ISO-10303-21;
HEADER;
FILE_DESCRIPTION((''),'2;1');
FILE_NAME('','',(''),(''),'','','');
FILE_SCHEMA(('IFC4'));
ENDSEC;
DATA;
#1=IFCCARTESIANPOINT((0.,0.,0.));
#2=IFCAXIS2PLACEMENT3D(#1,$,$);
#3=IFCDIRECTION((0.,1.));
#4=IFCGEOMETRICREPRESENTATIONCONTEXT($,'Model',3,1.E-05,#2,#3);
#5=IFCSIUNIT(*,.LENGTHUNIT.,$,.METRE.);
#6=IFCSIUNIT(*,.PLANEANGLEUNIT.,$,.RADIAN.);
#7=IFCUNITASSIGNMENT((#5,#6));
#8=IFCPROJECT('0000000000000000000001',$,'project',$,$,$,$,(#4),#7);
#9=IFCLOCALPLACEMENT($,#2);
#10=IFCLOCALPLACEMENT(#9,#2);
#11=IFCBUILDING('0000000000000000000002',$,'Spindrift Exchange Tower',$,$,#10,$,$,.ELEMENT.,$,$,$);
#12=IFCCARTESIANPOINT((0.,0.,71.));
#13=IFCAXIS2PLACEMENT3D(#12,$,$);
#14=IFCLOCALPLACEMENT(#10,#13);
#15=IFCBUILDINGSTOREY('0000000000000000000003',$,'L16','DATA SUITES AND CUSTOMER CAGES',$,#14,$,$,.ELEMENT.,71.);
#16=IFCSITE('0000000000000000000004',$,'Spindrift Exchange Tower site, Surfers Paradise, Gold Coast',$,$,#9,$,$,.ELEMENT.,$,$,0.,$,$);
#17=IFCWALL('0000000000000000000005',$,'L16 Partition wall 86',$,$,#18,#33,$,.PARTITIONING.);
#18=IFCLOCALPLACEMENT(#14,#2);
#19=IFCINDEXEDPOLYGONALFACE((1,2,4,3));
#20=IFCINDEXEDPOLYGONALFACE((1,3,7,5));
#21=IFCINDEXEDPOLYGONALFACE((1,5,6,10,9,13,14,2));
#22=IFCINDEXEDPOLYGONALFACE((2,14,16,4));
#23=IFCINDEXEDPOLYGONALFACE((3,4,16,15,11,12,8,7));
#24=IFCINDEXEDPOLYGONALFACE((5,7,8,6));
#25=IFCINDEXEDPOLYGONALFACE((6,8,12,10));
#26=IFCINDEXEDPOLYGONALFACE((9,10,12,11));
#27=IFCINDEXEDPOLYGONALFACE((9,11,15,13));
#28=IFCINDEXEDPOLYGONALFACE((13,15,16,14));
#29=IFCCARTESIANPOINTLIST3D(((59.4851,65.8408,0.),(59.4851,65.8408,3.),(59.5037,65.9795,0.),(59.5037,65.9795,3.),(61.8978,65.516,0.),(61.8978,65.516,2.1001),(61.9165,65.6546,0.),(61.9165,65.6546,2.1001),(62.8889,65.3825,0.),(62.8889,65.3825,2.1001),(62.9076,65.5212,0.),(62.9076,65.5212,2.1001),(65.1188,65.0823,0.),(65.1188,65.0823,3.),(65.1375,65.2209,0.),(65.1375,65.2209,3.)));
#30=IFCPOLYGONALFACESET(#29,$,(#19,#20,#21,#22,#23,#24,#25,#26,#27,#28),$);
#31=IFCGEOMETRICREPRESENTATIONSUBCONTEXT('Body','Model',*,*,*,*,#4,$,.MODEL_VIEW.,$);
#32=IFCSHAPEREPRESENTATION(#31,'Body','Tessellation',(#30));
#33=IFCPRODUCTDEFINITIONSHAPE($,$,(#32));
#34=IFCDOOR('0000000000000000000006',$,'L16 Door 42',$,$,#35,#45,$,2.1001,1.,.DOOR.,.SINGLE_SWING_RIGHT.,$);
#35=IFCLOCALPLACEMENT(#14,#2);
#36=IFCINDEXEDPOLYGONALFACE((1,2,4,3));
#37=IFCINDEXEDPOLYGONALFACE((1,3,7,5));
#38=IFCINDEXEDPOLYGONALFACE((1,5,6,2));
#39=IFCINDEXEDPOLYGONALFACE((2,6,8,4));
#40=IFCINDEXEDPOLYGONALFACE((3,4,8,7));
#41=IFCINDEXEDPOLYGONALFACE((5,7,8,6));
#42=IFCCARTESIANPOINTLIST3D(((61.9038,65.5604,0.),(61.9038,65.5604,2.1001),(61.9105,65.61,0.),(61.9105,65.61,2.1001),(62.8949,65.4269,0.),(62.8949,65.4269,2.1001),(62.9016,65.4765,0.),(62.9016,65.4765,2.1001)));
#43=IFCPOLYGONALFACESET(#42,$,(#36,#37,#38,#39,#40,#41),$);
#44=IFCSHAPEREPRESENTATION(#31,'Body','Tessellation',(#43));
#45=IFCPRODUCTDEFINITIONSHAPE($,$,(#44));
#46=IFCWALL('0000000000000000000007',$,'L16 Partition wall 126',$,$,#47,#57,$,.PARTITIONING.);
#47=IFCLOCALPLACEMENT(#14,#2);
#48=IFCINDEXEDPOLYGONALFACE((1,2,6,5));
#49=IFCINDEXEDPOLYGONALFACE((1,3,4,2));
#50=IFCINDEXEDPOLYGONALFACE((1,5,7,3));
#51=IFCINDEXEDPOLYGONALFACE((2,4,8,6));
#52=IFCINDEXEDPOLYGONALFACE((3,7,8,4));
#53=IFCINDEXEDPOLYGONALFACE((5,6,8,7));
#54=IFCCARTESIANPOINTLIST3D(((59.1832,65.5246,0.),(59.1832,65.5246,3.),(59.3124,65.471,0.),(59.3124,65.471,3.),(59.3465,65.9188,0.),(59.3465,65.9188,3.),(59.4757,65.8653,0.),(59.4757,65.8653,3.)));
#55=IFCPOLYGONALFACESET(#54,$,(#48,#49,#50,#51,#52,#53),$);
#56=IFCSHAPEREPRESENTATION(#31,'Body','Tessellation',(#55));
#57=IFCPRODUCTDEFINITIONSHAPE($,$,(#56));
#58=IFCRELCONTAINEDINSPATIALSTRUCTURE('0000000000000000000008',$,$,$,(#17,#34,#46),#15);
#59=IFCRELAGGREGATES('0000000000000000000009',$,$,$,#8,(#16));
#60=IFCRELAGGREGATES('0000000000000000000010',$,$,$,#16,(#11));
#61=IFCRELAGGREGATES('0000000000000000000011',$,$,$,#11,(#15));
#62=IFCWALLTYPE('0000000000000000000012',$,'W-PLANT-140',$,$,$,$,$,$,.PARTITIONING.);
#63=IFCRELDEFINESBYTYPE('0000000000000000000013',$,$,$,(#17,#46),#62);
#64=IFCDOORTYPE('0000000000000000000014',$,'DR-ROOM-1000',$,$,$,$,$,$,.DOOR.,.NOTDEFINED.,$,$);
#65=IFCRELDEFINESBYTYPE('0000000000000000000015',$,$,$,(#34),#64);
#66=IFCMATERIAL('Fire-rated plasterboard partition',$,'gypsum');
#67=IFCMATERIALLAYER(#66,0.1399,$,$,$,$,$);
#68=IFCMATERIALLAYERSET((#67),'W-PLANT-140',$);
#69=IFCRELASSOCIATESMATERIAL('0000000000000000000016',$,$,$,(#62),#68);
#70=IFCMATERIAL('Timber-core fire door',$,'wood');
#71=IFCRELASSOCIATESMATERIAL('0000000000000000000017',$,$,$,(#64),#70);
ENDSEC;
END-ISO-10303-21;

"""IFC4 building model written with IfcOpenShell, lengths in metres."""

from ifc_helpers import new_model, si_unit, direction, frame, frame_2d, origin, place, context, subcontext, project, spatial, rectangle, extrude, source, transform, mapped, material, layer, layer_set, type_object, element, fill, save


model = new_model("IFC4")

# Units and contexts
model_context = context("Model", 3, precision=1e-05, world=origin(), true_north=direction((0.0, 1.0)))
body_context = subcontext(model_context, "Body", "Model", "MODEL_VIEW")
ifc_project = project(units=[si_unit("LENGTHUNIT", "METRE"), si_unit("PLANEANGLEUNIT", "RADIAN")], contexts=[model_context])

# Site, building, storey
site_placement = place(None, origin())
site = spatial("IfcSite", under=ifc_project, at=site_placement, Name="Spindrift Exchange Tower site, Surfers Paradise, Gold Coast", CompositionType="ELEMENT", RefElevation=0.0)
building_placement = place(site_placement, origin())
building = spatial("IfcBuilding", under=site, at=building_placement, Name="Spindrift Exchange Tower", CompositionType="ELEMENT")
storey_placement = place(building_placement, frame((0.0, 0.0, 71.0)))
storey = spatial("IfcBuildingStorey", under=building, at=storey_placement, Name="L16", Description="DATA SUITES AND CUSTOMER CAGES", CompositionType="ELEMENT", Elevation=71.0)

# Shared definitions
ifc_material_1 = material(Name="Fire-rated plasterboard partition", Category="gypsum")

# Wall, opening, door
ifc_layer_1 = layer(ifc_material_1, 0.1399)
ifc_layer_set_1 = layer_set([ifc_layer_1], Name="W-PLANT-140")
wall_type_1 = type_object("IfcWallType", Name="W-PLANT-140", PredefinedType="PARTITIONING", material=ifc_layer_set_1)
ifc_material_2 = material(Name="Timber-core fire door", Category="wood")
door_type = type_object("IfcDoorType", Name="DR-ROOM-1000", OperationType="NOTDEFINED", PredefinedType="DOOR", material=ifc_material_2)
shared_shape_1 = source(origin(), body_context, "Body", "SweptSolid", [
    extrude(rectangle(XDim=1.0, YDim=2.1001, at=frame_2d((0.5, 1.05))), frame((0.0, 0.0249, 0.0), z_axis=(0.0, -1.0, 0.0), x_axis=(1.0, 0.0, 0.0)), (0.0, 0.0, 1.0), 0.05),
])
wall_1_placement = place(storey_placement, frame((59.4944, 65.9102, 0.0), z_axis=(0.0, 0.0, 1.0), x_axis=(0.991057, -0.133438, 0.0)))
wall_1 = element("IfcWall", 1, at=wall_1_placement, inside=storey, type_object=wall_type_1, Name="L16 Partition wall 86", PredefinedType="PARTITIONING", context=body_context, shape_type="SweptSolid", body=[
    extrude(rectangle(XDim=5.6846, YDim=0.1399, at=frame_2d((2.8423, 0.0))), origin(), (0.0, 0.0, 1.0), 3.0),
])
opening_1_placement = place(wall_1_placement, frame((2.4346, 0.0, 0.0)))
opening_1 = element("IfcOpeningElement", 2, at=opening_1_placement, cuts=wall_1, PredefinedType="OPENING", context=body_context, shape_type="SweptSolid", body=[
    extrude(rectangle(XDim=1.0, YDim=2.1001, at=frame_2d((0.5, 1.05))), frame((0.0, 0.0798, 0.0), z_axis=(0.0, -1.0, 0.0), x_axis=(1.0, 0.0, 0.0)), (0.0, 0.0, 1.0), 0.1599),
])
door_1_placement = place(opening_1_placement, origin())
door_1 = element("IfcDoor", 3, at=door_1_placement, inside=storey, type_object=door_type, Name="L16 Door 42", OperationType="SINGLE_SWING_RIGHT", OverallHeight=2.1001, OverallWidth=1.0, PredefinedType="DOOR", context=body_context, shape_type="MappedRepresentation", body=[
    mapped(shared_shape_1, transform((0.0, 0.0, 0.0), scale=1.0)),
])
fill(opening_1, door_1)

# Wall
wall_2_placement = place(storey_placement, frame((59.2478, 65.4978, 0.0), z_axis=(0.0, 0.0, 1.0), x_axis=(0.382705, 0.92387, 0.0)))
element("IfcWall", 4, at=wall_2_placement, inside=storey, type_object=wall_type_1, Name="L16 Partition wall 126", PredefinedType="PARTITIONING", context=body_context, shape_type="SweptSolid", body=[
    extrude(rectangle(XDim=0.4268, YDim=0.1399, at=frame_2d((0.2134, 0.0))), origin(), (0.0, 0.0, 1.0), 3.0),
])

save(model, "model.ifc")
